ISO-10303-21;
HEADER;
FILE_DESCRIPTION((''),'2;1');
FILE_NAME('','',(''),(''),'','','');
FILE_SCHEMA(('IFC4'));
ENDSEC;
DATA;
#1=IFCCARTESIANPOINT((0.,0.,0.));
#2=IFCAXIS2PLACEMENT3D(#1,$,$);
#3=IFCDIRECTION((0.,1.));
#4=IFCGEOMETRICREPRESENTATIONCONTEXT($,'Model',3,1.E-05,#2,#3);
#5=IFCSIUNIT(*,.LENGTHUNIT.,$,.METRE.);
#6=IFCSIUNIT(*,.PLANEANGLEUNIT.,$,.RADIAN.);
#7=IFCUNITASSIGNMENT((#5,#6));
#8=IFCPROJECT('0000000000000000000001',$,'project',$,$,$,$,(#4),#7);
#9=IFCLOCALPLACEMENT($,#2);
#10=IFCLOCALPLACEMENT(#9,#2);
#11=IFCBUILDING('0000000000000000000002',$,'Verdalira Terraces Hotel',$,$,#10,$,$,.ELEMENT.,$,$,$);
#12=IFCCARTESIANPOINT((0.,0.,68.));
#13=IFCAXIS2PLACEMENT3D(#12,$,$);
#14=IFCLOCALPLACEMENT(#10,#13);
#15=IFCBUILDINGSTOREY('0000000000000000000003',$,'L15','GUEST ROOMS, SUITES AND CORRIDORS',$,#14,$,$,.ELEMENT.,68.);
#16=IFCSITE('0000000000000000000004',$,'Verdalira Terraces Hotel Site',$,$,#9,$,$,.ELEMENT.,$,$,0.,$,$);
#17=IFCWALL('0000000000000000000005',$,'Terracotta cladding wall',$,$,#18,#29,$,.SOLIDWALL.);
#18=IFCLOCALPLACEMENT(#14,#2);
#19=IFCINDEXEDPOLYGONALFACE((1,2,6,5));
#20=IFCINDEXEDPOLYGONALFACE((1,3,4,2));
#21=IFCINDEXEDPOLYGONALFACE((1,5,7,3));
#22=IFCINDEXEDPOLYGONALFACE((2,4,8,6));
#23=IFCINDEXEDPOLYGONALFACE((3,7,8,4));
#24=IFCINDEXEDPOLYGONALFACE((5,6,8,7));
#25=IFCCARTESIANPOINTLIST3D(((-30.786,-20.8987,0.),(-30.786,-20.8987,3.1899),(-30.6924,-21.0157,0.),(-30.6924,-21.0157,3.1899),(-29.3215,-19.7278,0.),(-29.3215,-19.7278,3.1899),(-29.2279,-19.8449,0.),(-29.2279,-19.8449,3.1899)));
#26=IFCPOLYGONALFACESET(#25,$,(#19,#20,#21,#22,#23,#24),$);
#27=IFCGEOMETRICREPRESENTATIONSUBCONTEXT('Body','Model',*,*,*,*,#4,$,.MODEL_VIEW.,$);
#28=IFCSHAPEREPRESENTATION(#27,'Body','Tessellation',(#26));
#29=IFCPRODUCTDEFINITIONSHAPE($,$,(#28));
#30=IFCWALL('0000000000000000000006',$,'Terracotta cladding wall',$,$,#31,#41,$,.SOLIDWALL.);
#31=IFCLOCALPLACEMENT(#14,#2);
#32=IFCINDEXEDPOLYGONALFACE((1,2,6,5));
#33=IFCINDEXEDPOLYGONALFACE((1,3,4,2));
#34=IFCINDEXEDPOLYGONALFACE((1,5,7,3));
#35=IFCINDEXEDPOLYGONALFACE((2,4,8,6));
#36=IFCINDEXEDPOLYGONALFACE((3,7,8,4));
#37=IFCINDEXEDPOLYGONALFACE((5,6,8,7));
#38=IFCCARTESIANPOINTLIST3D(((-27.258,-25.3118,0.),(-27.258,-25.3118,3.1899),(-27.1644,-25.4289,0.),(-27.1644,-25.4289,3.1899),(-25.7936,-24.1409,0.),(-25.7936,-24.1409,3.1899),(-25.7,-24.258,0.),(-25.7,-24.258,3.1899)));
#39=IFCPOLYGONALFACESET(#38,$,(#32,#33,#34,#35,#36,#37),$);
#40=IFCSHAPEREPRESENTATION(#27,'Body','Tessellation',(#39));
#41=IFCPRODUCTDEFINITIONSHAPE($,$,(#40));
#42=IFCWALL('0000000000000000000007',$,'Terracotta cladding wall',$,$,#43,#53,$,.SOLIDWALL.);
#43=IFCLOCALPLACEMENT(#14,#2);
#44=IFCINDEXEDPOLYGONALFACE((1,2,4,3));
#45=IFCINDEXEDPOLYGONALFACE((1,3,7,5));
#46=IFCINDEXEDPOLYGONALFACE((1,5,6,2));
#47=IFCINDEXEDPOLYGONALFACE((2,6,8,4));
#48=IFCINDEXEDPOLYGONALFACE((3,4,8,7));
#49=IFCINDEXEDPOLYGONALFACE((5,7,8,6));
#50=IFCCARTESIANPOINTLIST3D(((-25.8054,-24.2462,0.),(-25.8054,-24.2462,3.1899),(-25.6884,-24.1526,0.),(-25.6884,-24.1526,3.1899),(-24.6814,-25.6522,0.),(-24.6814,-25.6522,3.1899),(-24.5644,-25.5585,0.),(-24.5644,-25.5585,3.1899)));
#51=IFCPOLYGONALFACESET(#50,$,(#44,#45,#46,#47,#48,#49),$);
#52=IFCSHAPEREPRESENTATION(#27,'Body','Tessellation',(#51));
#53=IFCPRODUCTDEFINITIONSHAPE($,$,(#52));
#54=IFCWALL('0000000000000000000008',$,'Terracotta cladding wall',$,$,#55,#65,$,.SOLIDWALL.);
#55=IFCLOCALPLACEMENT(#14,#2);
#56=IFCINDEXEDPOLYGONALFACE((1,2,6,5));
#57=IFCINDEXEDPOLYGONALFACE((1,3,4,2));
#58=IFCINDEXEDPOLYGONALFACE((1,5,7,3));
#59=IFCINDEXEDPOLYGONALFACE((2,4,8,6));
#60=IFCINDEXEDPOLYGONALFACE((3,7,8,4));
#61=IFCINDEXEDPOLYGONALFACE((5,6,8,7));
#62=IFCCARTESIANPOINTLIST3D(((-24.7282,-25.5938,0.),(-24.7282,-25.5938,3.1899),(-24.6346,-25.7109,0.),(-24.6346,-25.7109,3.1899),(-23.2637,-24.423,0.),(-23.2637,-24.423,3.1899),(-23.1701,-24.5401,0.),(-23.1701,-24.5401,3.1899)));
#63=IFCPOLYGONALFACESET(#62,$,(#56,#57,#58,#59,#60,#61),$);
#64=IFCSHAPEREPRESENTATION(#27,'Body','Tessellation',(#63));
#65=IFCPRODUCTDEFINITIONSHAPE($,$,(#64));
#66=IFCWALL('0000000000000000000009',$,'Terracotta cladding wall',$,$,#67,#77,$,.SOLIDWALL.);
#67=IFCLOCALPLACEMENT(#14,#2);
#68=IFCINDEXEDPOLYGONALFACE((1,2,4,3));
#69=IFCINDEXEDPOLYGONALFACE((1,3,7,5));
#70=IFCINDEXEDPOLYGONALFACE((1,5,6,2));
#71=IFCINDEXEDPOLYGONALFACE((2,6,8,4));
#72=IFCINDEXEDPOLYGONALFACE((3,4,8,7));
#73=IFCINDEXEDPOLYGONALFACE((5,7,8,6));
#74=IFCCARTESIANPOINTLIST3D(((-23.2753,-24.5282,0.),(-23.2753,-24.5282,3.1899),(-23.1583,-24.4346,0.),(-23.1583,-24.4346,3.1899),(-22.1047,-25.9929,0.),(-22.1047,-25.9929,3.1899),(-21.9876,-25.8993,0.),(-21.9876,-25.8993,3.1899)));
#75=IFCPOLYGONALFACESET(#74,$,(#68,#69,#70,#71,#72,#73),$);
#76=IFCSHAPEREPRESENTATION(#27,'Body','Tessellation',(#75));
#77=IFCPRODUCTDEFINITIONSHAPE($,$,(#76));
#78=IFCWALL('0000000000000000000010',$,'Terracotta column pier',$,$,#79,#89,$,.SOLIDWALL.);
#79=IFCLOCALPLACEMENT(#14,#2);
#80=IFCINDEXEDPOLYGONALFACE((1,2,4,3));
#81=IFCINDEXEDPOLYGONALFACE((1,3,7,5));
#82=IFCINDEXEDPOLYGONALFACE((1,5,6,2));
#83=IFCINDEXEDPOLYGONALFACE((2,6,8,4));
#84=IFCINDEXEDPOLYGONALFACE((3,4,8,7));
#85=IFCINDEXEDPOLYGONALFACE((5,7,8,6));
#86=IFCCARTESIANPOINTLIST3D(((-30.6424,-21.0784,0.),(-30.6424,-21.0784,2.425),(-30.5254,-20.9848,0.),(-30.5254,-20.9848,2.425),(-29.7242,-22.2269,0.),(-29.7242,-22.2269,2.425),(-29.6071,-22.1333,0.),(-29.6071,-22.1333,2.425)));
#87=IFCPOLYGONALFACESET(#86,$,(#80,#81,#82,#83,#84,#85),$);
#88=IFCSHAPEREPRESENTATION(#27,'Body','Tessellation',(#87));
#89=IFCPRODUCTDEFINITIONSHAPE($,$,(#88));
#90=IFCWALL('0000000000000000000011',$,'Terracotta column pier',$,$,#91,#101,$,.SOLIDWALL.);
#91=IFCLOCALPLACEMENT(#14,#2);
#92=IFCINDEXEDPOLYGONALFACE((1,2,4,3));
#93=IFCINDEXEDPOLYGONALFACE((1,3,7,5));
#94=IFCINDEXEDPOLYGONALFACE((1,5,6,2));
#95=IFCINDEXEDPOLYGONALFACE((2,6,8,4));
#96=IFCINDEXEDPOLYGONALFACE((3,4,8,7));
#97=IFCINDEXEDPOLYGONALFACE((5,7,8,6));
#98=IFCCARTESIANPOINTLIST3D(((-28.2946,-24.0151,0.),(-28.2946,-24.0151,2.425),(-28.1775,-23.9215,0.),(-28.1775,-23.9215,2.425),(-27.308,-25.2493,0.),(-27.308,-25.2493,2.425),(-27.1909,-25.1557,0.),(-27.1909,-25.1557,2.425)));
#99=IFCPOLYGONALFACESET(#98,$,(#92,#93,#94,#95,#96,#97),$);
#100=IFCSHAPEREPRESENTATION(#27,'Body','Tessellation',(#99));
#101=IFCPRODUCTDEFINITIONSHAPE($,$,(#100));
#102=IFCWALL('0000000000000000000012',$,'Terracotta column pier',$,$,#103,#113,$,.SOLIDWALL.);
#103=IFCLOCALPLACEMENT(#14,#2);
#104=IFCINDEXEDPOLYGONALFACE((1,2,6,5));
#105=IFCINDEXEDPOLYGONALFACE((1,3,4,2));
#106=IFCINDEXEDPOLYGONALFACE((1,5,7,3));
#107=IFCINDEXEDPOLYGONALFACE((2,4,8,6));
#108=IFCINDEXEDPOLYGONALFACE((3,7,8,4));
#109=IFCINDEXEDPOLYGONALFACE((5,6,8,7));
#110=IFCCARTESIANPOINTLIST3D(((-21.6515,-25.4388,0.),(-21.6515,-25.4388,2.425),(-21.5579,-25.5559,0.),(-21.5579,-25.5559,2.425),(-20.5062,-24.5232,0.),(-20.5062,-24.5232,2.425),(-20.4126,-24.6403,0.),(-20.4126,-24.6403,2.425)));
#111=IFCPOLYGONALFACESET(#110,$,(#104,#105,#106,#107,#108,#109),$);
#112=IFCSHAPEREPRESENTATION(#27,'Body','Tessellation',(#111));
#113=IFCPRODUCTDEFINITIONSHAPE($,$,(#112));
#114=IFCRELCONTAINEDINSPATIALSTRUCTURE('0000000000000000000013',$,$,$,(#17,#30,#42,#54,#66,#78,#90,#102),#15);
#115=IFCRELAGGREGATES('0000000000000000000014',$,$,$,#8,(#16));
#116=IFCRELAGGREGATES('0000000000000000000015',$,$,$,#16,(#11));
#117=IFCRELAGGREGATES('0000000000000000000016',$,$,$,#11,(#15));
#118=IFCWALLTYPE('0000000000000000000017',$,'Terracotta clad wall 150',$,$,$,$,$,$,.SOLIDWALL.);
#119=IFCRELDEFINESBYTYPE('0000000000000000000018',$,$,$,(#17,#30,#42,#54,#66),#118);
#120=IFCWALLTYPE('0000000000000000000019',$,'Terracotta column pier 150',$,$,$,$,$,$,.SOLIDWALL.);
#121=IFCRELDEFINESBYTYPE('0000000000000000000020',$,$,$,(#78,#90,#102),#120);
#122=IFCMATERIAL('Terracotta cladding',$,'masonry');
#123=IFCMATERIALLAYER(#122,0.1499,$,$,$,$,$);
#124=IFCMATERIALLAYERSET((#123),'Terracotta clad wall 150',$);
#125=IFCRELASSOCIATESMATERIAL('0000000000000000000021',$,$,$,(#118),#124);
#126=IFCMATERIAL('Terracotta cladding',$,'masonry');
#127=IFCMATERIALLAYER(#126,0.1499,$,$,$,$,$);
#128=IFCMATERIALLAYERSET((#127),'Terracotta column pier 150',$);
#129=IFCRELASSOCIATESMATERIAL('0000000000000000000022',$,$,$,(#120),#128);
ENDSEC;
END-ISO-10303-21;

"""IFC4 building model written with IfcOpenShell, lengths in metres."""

from ifc_helpers import new_model, si_unit, direction, frame, frame_2d, origin, place, context, subcontext, project, spatial, rectangle, extrude, material, layer, layer_set, type_object, element, save


model = new_model("IFC4")

# Units and contexts
model_context = context("Model", 3, precision=1e-05, world=origin(), true_north=direction((0.0, 1.0)))
body_context = subcontext(model_context, "Body", "Model", "MODEL_VIEW")
ifc_project = project(units=[si_unit("LENGTHUNIT", "METRE"), si_unit("PLANEANGLEUNIT", "RADIAN")], contexts=[model_context])

# Site, building, storey
site_placement = place(None, origin())
site = spatial("IfcSite", under=ifc_project, at=site_placement, Name="Verdalira Terraces Hotel Site", CompositionType="ELEMENT", RefElevation=0.0)
building_placement = place(site_placement, origin())
building = spatial("IfcBuilding", under=site, at=building_placement, Name="Verdalira Terraces Hotel", CompositionType="ELEMENT")
storey_placement = place(building_placement, frame((0.0, 0.0, 68.0)))
storey = spatial("IfcBuildingStorey", under=building, at=storey_placement, Name="L15", Description="GUEST ROOMS, SUITES AND CORRIDORS", CompositionType="ELEMENT", Elevation=68.0)

# Walls
ifc_material_1 = material(Name="Terracotta cladding", Category="masonry")
ifc_layer_1 = layer(ifc_material_1, 0.1499)
ifc_layer_set_1 = layer_set([ifc_layer_1], Name="Terracotta clad wall 150")
wall_type_1 = type_object("IfcWallType", Name="Terracotta clad wall 150", PredefinedType="SOLIDWALL", material=ifc_layer_set_1)
for number, where, z_axis, x_axis, name in (
    (1, (-29.2747, -19.7864, 0.0), (0.0, 0.0, 1.0), (-0.781072, -0.624441, 0.0), "Terracotta cladding wall"),
    (2, (-27.2112, -25.3704, 0.0), (0.0, 0.0, 1.0), (0.781021, 0.624504, 0.0), "Terracotta cladding wall"),
):
    element("IfcWall", number, at=place(storey_placement, frame(where, z_axis=z_axis, x_axis=x_axis)), inside=storey, type_object=wall_type_1, Name=name, PredefinedType="SOLIDWALL", context=body_context, shape_type="SweptSolid", body=[
        extrude(rectangle(XDim=1.875, YDim=0.1499, at=frame_2d((0.9375, 0.0))), origin(), (0.0, 0.0, 1.0), 3.1899),
    ])
wall_1_placement = place(storey_placement, frame((-25.7468, -24.1995, 0.0), z_axis=(0.0, 0.0, 1.0), x_axis=(0.62443, -0.78108, 0.0)))
element("IfcWall", 3, at=wall_1_placement, inside=storey, type_object=wall_type_1, Name="Terracotta cladding wall", PredefinedType="SOLIDWALL", context=body_context, shape_type="SweptSolid", body=[
    extrude(rectangle(XDim=1.8, YDim=0.1499, at=frame_2d((0.8999, 0.0))), origin(), (0.0, 0.0, 1.0), 3.1899),
])
for number, where, z_axis, x_axis, name in (
    (4, (-24.6814, -25.6523, 0.0), (0.0, 0.0, 1.0), (0.781072, 0.624441, 0.0), "Terracotta cladding wall"),
    (5, (-23.2168, -24.4814, 0.0), (0.0, 0.0, 1.0), (0.624362, -0.781136, 0.0), "Terracotta cladding wall"),
):
    element("IfcWall", number, at=place(storey_placement, frame(where, z_axis=z_axis, x_axis=x_axis)), inside=storey, type_object=wall_type_1, Name=name, PredefinedType="SOLIDWALL", context=body_context, shape_type="SweptSolid", body=[
        extrude(rectangle(XDim=1.875, YDim=0.1499, at=frame_2d((0.9375, 0.0))), origin(), (0.0, 0.0, 1.0), 3.1899),
    ])
ifc_material_2 = material(Name="Terracotta cladding", Category="masonry")
ifc_layer_2 = layer(ifc_material_2, 0.1499)
ifc_layer_set_2 = layer_set([ifc_layer_2], Name="Terracotta column pier 150")
wall_type_2 = type_object("IfcWallType", Name="Terracotta column pier 150", PredefinedType="SOLIDWALL", material=ifc_layer_set_2)
wall_2_placement = place(storey_placement, frame((-30.584, -21.0315, 0.0), z_axis=(0.0, 0.0, 1.0), x_axis=(0.624472, -0.781047, 0.0)))
element("IfcWall", 6, at=wall_2_placement, inside=storey, type_object=wall_type_2, Name="Terracotta column pier", PredefinedType="SOLIDWALL", context=body_context, shape_type="SweptSolid", body=[
    extrude(rectangle(XDim=1.4705, YDim=0.1499, at=frame_2d((0.7354, 0.0))), origin(), (0.0, 0.0, 1.0), 2.425),
])
wall_3_placement = place(storey_placement, frame((-28.2361, -23.9683, 0.0), z_axis=(0.0, 0.0, 1.0), x_axis=(0.624412, -0.781095, 0.0)))
element("IfcWall", 7, at=wall_3_placement, inside=storey, type_object=wall_type_2, Name="Terracotta column pier", PredefinedType="SOLIDWALL", context=body_context, shape_type="SweptSolid", body=[
    extrude(rectangle(XDim=1.5801, YDim=0.1499, at=frame_2d((0.79, 0.0))), origin(), (0.0, 0.0, 1.0), 2.425),
])
wall_4_placement = place(storey_placement, frame((-21.6047, -25.4973, 0.0), z_axis=(0.0, 0.0, 1.0), x_axis=(0.781096, 0.624411, 0.0)))
element("IfcWall", 8, at=wall_4_placement, inside=storey, type_object=wall_type_2, Name="Terracotta column pier", PredefinedType="SOLIDWALL", context=body_context, shape_type="SweptSolid", body=[
    extrude(rectangle(XDim=1.4663, YDim=0.1499, at=frame_2d((0.7332, 0.0))), origin(), (0.0, 0.0, 1.0), 2.425),
])

save(model, "model.ifc")
